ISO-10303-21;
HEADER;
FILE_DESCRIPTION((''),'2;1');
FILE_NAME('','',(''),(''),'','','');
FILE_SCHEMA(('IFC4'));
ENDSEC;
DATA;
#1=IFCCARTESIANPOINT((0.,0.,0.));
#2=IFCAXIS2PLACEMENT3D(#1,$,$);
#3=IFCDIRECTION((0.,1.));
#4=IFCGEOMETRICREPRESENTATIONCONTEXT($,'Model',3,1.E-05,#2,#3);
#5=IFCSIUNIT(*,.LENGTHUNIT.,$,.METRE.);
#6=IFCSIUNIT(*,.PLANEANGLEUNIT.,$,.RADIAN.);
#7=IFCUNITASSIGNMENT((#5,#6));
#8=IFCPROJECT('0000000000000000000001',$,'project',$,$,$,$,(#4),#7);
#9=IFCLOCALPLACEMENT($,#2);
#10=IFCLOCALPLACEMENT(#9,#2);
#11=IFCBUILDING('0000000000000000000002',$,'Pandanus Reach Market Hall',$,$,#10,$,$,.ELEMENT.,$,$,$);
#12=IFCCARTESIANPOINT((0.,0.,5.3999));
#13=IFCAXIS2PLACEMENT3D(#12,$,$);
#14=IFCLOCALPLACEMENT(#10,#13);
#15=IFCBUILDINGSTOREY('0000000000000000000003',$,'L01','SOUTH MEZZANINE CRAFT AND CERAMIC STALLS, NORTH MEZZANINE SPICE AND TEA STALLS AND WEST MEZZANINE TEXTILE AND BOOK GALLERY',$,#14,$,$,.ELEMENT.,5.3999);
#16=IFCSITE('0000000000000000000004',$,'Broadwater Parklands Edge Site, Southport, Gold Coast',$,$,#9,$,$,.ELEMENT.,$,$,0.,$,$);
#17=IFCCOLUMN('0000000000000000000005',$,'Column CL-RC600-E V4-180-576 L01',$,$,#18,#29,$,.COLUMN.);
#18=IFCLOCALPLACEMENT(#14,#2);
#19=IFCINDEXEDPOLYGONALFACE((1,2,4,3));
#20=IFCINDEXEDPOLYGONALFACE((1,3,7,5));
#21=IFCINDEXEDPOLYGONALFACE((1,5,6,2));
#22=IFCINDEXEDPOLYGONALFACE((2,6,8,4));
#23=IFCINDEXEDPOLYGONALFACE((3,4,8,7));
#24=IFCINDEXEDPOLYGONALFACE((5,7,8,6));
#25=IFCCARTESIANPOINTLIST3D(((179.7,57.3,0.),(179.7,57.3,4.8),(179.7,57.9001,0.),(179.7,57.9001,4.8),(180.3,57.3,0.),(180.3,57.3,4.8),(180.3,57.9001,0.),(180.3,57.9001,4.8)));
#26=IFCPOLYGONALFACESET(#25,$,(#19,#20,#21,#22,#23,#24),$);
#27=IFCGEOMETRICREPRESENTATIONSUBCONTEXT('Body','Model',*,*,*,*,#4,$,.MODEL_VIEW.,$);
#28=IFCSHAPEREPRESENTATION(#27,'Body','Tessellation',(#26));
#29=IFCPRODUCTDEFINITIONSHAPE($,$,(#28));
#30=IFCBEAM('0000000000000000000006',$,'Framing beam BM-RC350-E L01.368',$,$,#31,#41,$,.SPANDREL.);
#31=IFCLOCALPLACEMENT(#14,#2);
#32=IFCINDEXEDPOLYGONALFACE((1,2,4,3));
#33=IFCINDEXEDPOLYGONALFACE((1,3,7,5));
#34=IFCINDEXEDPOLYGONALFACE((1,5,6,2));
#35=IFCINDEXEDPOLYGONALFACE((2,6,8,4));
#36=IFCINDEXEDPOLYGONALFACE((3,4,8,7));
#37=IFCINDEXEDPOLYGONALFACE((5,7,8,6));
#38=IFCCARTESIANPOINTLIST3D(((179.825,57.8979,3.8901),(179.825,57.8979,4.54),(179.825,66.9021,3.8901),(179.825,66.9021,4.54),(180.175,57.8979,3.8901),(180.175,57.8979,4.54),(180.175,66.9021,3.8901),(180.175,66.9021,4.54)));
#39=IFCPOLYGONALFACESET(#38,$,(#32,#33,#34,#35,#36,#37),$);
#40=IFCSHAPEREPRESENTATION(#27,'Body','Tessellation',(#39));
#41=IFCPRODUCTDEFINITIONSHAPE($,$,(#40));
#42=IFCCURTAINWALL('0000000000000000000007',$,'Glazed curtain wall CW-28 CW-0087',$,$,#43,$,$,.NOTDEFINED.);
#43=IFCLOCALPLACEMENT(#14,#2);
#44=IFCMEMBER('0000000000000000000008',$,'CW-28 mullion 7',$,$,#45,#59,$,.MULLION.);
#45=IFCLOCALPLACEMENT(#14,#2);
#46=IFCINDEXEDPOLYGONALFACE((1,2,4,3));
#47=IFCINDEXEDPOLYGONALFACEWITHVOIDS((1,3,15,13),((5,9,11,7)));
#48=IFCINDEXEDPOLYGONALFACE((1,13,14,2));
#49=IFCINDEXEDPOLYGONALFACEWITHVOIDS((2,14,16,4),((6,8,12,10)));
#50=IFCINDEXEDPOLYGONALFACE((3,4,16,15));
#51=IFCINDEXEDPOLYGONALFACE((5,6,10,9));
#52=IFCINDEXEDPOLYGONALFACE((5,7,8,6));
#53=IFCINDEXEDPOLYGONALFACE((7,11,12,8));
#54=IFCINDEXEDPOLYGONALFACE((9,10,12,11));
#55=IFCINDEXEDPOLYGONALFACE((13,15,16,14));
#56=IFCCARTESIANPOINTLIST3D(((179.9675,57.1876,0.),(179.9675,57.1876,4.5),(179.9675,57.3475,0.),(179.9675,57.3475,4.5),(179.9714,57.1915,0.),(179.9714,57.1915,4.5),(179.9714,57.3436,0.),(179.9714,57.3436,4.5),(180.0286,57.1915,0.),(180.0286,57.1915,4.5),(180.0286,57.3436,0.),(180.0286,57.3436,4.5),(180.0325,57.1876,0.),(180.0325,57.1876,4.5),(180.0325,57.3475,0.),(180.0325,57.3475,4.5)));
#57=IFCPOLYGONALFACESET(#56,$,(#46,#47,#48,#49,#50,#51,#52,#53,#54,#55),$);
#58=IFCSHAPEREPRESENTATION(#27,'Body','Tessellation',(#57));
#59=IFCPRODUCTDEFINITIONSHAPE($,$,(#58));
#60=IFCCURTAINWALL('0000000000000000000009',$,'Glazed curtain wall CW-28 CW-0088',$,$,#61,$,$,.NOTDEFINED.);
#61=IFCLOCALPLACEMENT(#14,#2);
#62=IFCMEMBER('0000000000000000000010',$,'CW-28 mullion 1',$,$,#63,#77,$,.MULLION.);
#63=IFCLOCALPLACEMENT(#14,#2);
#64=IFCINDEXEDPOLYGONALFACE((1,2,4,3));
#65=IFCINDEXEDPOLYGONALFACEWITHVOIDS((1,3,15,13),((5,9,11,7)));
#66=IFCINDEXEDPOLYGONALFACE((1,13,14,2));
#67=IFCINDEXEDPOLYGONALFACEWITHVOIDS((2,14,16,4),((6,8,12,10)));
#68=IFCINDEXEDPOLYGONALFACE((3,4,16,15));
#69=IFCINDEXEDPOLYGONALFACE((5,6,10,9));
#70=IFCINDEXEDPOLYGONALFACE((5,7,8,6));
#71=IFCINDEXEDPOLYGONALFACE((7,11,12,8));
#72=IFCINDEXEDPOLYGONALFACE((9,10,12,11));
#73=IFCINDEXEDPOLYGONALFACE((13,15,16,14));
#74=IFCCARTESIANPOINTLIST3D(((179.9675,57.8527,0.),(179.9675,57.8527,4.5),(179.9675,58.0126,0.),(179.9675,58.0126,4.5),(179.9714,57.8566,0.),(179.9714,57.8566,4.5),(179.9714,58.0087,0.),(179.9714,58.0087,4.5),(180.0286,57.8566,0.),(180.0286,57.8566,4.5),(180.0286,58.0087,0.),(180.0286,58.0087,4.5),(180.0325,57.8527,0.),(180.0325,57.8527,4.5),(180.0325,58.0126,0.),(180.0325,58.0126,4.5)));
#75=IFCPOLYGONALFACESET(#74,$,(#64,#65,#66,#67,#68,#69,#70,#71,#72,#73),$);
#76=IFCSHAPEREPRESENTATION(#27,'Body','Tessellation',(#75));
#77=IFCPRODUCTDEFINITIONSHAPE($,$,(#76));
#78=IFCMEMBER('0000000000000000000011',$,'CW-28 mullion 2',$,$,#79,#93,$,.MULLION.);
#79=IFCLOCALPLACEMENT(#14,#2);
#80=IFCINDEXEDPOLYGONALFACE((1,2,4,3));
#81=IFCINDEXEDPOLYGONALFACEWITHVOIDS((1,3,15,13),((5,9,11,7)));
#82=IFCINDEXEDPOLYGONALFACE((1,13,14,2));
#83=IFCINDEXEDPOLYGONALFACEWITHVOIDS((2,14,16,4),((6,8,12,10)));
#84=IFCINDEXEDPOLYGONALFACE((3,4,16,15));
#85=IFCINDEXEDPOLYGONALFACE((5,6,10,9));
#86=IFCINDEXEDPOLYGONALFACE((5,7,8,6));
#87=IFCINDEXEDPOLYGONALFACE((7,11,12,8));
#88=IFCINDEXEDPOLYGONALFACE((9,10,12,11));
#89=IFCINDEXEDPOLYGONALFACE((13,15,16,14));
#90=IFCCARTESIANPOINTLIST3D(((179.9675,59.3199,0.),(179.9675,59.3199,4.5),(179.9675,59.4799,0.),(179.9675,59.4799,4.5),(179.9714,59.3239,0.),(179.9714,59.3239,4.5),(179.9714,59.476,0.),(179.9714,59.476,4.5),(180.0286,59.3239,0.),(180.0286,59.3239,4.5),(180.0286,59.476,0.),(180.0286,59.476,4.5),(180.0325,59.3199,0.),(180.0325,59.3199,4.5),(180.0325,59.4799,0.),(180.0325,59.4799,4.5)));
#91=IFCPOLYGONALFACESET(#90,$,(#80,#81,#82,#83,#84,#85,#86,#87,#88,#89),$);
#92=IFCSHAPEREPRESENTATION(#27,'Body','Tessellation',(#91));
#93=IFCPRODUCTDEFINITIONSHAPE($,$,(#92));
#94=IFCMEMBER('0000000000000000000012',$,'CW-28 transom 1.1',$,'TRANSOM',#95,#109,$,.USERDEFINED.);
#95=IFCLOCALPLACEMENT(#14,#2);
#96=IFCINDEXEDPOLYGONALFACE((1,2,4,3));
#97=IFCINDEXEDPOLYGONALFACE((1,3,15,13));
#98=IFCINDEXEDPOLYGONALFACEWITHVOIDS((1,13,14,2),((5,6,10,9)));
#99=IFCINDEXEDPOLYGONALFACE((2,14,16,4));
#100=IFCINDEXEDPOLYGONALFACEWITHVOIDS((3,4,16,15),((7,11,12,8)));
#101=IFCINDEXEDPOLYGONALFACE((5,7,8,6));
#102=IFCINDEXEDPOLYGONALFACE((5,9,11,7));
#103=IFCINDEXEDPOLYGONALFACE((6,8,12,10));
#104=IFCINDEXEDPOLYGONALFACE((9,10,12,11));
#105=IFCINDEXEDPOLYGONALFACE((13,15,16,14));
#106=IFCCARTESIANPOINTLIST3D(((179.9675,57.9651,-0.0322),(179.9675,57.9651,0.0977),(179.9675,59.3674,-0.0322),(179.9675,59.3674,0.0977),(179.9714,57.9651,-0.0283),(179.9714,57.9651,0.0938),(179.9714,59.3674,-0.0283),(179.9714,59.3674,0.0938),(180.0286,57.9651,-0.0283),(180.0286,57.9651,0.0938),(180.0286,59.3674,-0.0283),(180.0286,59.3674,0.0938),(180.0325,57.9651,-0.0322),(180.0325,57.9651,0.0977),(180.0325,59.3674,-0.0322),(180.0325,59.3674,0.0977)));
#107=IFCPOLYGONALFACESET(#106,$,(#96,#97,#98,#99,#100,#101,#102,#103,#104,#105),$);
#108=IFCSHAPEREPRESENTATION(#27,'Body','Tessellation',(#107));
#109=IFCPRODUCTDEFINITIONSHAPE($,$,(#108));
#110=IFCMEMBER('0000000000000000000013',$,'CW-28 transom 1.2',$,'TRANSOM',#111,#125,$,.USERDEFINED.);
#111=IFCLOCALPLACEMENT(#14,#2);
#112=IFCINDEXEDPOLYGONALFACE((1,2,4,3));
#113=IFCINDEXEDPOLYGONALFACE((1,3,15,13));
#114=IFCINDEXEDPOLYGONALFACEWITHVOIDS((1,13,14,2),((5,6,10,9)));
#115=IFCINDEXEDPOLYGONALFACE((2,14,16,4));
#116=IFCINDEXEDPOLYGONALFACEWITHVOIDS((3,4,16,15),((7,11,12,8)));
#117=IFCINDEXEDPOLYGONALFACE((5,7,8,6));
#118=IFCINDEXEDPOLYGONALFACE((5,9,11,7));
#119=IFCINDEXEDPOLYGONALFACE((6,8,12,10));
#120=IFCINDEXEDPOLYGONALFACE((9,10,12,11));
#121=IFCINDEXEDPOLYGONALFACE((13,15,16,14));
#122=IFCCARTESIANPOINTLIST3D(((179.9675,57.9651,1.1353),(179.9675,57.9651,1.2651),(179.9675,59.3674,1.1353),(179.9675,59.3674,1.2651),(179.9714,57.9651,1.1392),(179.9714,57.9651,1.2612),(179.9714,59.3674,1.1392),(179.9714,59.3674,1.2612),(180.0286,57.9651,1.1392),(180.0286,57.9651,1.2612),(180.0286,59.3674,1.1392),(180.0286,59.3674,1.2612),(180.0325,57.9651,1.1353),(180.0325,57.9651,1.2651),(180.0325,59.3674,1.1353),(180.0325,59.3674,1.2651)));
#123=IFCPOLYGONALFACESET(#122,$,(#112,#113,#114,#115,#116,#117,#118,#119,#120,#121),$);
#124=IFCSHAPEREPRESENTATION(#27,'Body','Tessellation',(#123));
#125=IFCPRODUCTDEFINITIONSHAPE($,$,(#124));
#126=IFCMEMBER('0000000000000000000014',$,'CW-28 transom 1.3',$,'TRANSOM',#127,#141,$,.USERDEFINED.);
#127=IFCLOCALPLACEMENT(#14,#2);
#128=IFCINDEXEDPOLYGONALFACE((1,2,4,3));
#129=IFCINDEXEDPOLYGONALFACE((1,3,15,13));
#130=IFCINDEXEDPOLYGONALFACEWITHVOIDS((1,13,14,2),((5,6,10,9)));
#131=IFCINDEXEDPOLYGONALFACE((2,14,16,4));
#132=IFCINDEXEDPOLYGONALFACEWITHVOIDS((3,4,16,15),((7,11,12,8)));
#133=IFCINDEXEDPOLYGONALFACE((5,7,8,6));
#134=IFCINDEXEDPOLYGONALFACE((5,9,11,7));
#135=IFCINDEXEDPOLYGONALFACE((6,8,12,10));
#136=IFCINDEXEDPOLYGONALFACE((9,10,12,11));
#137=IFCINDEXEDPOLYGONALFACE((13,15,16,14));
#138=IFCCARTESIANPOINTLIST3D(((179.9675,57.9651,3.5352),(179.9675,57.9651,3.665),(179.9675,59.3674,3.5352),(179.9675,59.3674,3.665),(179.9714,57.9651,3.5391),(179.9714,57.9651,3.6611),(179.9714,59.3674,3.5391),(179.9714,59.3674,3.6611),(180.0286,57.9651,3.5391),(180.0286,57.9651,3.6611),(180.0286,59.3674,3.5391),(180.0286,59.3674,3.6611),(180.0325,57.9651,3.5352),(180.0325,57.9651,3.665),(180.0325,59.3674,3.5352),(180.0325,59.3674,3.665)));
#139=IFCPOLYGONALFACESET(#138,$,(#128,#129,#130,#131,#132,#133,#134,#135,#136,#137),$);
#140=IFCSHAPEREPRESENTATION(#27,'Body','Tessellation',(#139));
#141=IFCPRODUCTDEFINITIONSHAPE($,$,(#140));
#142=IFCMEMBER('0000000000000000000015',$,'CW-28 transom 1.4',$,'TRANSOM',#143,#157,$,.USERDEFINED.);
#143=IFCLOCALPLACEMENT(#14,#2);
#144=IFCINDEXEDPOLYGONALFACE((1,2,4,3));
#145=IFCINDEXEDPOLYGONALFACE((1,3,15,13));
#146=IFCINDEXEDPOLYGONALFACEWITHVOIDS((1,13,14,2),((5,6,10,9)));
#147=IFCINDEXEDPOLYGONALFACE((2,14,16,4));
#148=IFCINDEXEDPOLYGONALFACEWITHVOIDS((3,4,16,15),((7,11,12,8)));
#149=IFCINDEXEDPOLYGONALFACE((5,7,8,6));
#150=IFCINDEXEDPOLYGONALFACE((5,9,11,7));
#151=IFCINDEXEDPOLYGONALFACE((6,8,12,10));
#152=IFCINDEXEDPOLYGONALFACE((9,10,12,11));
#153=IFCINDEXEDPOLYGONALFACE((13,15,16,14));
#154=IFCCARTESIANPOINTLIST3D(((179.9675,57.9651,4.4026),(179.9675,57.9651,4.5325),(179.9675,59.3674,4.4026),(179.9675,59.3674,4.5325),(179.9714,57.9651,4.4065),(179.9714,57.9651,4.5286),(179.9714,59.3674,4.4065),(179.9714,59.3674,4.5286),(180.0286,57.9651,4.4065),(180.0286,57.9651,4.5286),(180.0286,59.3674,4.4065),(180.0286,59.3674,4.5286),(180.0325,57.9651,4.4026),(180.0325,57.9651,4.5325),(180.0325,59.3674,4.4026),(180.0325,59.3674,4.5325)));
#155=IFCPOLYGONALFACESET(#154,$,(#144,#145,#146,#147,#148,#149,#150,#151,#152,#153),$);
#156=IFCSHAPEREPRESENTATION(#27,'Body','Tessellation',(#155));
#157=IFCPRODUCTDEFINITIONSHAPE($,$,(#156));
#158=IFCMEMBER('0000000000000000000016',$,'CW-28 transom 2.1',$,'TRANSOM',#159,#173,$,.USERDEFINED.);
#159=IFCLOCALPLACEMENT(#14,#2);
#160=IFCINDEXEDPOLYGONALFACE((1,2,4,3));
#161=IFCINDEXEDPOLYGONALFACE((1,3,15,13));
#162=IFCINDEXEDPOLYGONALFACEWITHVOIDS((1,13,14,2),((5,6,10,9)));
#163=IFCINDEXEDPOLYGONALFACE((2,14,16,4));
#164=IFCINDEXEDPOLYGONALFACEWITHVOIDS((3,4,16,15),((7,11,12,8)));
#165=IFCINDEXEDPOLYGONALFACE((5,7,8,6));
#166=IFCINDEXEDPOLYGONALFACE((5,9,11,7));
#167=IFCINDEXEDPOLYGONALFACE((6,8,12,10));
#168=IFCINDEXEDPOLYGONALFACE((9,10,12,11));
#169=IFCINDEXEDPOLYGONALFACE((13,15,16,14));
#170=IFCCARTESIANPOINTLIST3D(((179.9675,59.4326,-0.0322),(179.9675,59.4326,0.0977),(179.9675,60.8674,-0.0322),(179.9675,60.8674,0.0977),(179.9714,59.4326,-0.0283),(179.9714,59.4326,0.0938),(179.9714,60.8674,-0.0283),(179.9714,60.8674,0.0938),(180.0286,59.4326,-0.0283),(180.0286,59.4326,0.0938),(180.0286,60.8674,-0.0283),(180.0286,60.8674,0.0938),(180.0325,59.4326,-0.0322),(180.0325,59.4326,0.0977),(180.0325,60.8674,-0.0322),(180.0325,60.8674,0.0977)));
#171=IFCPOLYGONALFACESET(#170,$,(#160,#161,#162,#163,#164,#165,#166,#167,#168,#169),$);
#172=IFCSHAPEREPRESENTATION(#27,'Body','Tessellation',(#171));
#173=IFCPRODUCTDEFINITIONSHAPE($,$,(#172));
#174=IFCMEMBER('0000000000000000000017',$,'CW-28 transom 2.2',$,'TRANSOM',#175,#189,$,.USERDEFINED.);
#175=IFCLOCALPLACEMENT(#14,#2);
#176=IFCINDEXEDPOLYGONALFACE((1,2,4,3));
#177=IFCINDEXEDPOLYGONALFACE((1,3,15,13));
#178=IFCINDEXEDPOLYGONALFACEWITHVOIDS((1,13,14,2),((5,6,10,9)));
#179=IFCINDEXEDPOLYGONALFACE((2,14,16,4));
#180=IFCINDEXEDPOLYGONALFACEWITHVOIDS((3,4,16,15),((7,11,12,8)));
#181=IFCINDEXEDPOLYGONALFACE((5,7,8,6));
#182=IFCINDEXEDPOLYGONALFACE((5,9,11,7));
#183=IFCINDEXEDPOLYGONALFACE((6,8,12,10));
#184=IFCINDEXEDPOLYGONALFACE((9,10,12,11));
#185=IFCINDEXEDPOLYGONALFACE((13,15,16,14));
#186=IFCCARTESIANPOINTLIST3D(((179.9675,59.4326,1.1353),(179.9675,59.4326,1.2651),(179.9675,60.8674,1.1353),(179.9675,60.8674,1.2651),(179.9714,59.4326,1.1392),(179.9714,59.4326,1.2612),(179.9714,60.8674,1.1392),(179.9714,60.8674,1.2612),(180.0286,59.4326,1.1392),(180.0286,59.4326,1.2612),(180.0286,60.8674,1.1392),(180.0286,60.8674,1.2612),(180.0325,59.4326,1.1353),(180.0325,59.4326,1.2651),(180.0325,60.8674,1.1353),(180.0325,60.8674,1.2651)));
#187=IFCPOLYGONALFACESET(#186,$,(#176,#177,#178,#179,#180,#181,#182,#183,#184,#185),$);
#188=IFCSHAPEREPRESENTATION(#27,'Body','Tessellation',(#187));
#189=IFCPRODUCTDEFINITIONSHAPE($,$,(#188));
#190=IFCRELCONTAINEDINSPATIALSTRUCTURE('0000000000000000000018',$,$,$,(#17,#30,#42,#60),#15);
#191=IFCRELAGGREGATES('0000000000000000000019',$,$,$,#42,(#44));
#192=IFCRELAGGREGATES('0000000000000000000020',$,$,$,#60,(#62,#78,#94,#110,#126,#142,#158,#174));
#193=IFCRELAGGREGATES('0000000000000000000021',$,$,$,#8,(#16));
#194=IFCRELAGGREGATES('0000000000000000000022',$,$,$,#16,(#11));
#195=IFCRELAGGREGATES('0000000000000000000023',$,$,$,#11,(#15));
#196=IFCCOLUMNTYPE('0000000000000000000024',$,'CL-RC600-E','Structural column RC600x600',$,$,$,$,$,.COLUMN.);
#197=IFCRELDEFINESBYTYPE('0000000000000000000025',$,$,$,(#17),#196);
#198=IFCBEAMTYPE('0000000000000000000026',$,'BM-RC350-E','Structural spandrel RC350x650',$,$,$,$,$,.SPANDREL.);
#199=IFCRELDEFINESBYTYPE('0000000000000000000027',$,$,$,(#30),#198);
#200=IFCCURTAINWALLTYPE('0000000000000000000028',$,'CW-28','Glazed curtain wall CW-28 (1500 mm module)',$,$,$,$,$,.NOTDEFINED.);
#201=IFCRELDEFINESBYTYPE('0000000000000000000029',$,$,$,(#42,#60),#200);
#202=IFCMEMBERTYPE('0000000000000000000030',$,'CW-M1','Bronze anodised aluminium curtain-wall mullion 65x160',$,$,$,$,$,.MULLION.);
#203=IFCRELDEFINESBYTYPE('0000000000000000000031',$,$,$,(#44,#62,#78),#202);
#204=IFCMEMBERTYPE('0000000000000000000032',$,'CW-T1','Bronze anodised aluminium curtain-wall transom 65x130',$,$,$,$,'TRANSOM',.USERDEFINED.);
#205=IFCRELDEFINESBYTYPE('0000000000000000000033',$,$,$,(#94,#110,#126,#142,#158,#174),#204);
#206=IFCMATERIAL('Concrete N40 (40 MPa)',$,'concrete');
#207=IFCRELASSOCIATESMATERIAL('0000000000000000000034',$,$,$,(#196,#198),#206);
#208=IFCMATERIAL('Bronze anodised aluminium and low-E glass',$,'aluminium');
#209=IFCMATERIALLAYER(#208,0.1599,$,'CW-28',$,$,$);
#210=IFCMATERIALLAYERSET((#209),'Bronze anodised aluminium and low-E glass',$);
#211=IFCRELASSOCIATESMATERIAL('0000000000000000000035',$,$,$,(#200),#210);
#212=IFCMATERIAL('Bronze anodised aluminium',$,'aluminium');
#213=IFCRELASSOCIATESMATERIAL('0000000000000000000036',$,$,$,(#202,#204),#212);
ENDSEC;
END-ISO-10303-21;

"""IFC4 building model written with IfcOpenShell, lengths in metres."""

from ifc_helpers import new_model, si_unit, direction, frame, origin, origin_2d, place, context, subcontext, project, spatial, rectangle, hollow_rectangle, extrude, material, layer, layer_set, material_profile, profile_set, type_object, element, aggregate, save


model = new_model("IFC4")

# Units and contexts
model_context = context("Model", 3, precision=1e-05, world=origin(), true_north=direction((0.0, 1.0)))
body_context = subcontext(model_context, "Body", "Model", "MODEL_VIEW")
ifc_project = project(units=[si_unit("LENGTHUNIT", "METRE"), si_unit("PLANEANGLEUNIT", "RADIAN")], contexts=[model_context])

# Site, building, storey
site_placement = place(None, origin())
site = spatial("IfcSite", under=ifc_project, at=site_placement, Name="Broadwater Parklands Edge Site, Southport, Gold Coast", CompositionType="ELEMENT", RefElevation=0.0)
building_placement = place(site_placement, origin())
building = spatial("IfcBuilding", under=site, at=building_placement, Name="Pandanus Reach Market Hall", CompositionType="ELEMENT")
storey_placement = place(building_placement, frame((0.0, 0.0, 5.3999)))
storey = spatial("IfcBuildingStorey", under=building, at=storey_placement, Name="L01", Description="SOUTH MEZZANINE CRAFT AND CERAMIC STALLS, NORTH MEZZANINE SPICE AND TEA STALLS AND WEST MEZZANINE TEXTILE AND BOOK GALLERY", CompositionType="ELEMENT", Elevation=5.3999)

# Column
ifc_material_1 = material(Name="Concrete N40 (40 MPa)", Category="concrete")
ifc_material_profile_1 = material_profile(ifc_material_1, rectangle(XDim=0.6001, YDim=0.6001, at=origin_2d()), Name="RC600x600", Category="LoadBearing")
ifc_profile_set_1 = profile_set([ifc_material_profile_1], Name="Concrete N40 (40 MPa)")
column_type = type_object("IfcColumnType", Name="CL-RC600-E", Description="Structural column RC600x600", PredefinedType="COLUMN", material=ifc_profile_set_1)
column_placement = place(storey_placement, frame((180.0, 57.6001, 0.0), z_axis=(0.0, 0.0, 1.0), x_axis=(1.0, 0.0, 0.0)))
element("IfcColumn", 1, at=column_placement, inside=storey, type_object=column_type, Name="Column CL-RC600-E V4-180-576 L01", PredefinedType="COLUMN", context=body_context, shape_type="SweptSolid", body=[
    extrude(rectangle(XDim=0.6001, YDim=0.6001, at=origin_2d()), origin(), (0.0, 0.0, 1.0), 4.8),
])

# Beam
ifc_material_profile_2 = material_profile(ifc_material_1, rectangle(XDim=0.3501, YDim=0.6499, at=origin_2d()), Name="RC350x650", Category="LoadBearing")
ifc_profile_set_2 = profile_set([ifc_material_profile_2], Name="Concrete N40 (40 MPa)")
beam_type = type_object("IfcBeamType", Name="BM-RC350-E", Description="Structural spandrel RC350x650", PredefinedType="SPANDREL", material=ifc_profile_set_2)
beam_placement = place(storey_placement, frame((180.0, 57.8979, 4.2151), z_axis=(0.0, 1.0, 0.0), x_axis=(-1.0, 0.0, 0.0)))
element("IfcBeam", 2, at=beam_placement, inside=storey, type_object=beam_type, Name="Framing beam BM-RC350-E L01.368", PredefinedType="SPANDREL", context=body_context, shape_type="SweptSolid", body=[
    extrude(rectangle(XDim=0.3501, YDim=0.6499, at=origin_2d()), origin(), (0.0, 0.0, 1.0), 9.0042),
])

# Curtain wall, member
ifc_material_2 = material(Name="Bronze anodised aluminium and low-E glass", Category="aluminium")
ifc_layer_1 = layer(ifc_material_2, 0.1599, Name="CW-28")
ifc_layer_set_1 = layer_set([ifc_layer_1], Name="Bronze anodised aluminium and low-E glass")
curtain_wall_type = type_object("IfcCurtainWallType", Name="CW-28", Description="Glazed curtain wall CW-28 (1500 mm module)", PredefinedType="NOTDEFINED", material=ifc_layer_set_1)
curtain_wall_1_placement = place(storey_placement, origin())
curtain_wall_1 = element("IfcCurtainWall", 3, at=curtain_wall_1_placement, inside=storey, type_object=curtain_wall_type, Name="Glazed curtain wall CW-28 CW-0087", PredefinedType="NOTDEFINED")
ifc_material_3 = material(Name="Bronze anodised aluminium", Category="aluminium")
ifc_material_profile_3 = material_profile(ifc_material_3, hollow_rectangle(XDim=0.0649, YDim=0.1599, WallThickness=0.0039, at=origin_2d()), Name="ALU65x160", Category="LoadBearing")
ifc_profile_set_3 = profile_set([ifc_material_profile_3], Name="Bronze anodised aluminium")
member_type_1 = type_object("IfcMemberType", Name="CW-M1", Description="Bronze anodised aluminium curtain-wall mullion 65x160", PredefinedType="MULLION", material=ifc_profile_set_3)
member_1_placement = place(storey_placement, frame((180.0, 57.2676, 0.0), z_axis=(0.0, 0.0, 1.0), x_axis=(-1.0, 0.0, 0.0)))
member_1 = element("IfcMember", 4, at=member_1_placement, type_object=member_type_1, Name="CW-28 mullion 7", PredefinedType="MULLION", context=body_context, shape_type="SweptSolid", body=[
    extrude(hollow_rectangle(XDim=0.0649, YDim=0.1599, WallThickness=0.0039, at=origin_2d()), origin(), (0.0, 0.0, 1.0), 4.5),
])

# Curtain wall, members
curtain_wall_2_placement = place(storey_placement, origin())
curtain_wall_2 = element("IfcCurtainWall", 5, at=curtain_wall_2_placement, inside=storey, type_object=curtain_wall_type, Name="Glazed curtain wall CW-28 CW-0088", PredefinedType="NOTDEFINED")
member_2_placement = place(storey_placement, frame((180.0, 57.9326, 0.0), z_axis=(0.0, 0.0, 1.0), x_axis=(-1.0, 0.0, 0.0)))
member_2 = element("IfcMember", 6, at=member_2_placement, type_object=member_type_1, Name="CW-28 mullion 1", PredefinedType="MULLION", context=body_context, shape_type="SweptSolid", body=[
    extrude(hollow_rectangle(XDim=0.0649, YDim=0.1599, WallThickness=0.0039, at=origin_2d()), origin(), (0.0, 0.0, 1.0), 4.5),
])
member_3_placement = place(storey_placement, frame((180.0, 59.3999, 0.0), z_axis=(0.0, 0.0, 1.0), x_axis=(-1.0, 0.0, 0.0)))
member_3 = element("IfcMember", 7, at=member_3_placement, type_object=member_type_1, Name="CW-28 mullion 2", PredefinedType="MULLION", context=body_context, shape_type="SweptSolid", body=[
    extrude(hollow_rectangle(XDim=0.0649, YDim=0.1599, WallThickness=0.0039, at=origin_2d()), origin(), (0.0, 0.0, 1.0), 4.5),
])
ifc_material_profile_4 = material_profile(ifc_material_3, hollow_rectangle(XDim=0.0649, YDim=0.1299, WallThickness=0.0039, at=origin_2d()), Name="ALU65x130", Category="LoadBearing")
ifc_profile_set_4 = profile_set([ifc_material_profile_4], Name="Bronze anodised aluminium")
member_type_2 = type_object("IfcMemberType", Name="CW-T1", Description="Bronze anodised aluminium curtain-wall transom 65x130", ElementType="TRANSOM", PredefinedType="USERDEFINED", material=ifc_profile_set_4)
member_4_placement = place(storey_placement, frame((180.0, 57.9651, 0.0327), z_axis=(0.0, 1.0, 0.0), x_axis=(-1.0, 0.0, 0.0)))
member_4 = element("IfcMember", 8, at=member_4_placement, type_object=member_type_2, Name="CW-28 transom 1.1", ObjectType="TRANSOM", PredefinedType="USERDEFINED", context=body_context, shape_type="SweptSolid", body=[
    extrude(hollow_rectangle(XDim=0.0649, YDim=0.1299, WallThickness=0.0039, at=origin_2d()), origin(), (0.0, 0.0, 1.0), 1.4023),
])
member_5_placement = place(storey_placement, frame((180.0, 57.9651, 1.2002), z_axis=(0.0, 1.0, 0.0), x_axis=(-1.0, 0.0, 0.0)))
member_5 = element("IfcMember", 9, at=member_5_placement, type_object=member_type_2, Name="CW-28 transom 1.2", ObjectType="TRANSOM", PredefinedType="USERDEFINED", context=body_context, shape_type="SweptSolid", body=[
    extrude(hollow_rectangle(XDim=0.0649, YDim=0.1299, WallThickness=0.0039, at=origin_2d()), origin(), (0.0, 0.0, 1.0), 1.4023),
])
member_6_placement = place(storey_placement, frame((180.0, 57.9651, 3.6001), z_axis=(0.0, 1.0, 0.0), x_axis=(-1.0, 0.0, 0.0)))
member_6 = element("IfcMember", 10, at=member_6_placement, type_object=member_type_2, Name="CW-28 transom 1.3", ObjectType="TRANSOM", PredefinedType="USERDEFINED", context=body_context, shape_type="SweptSolid", body=[
    extrude(hollow_rectangle(XDim=0.0649, YDim=0.1299, WallThickness=0.0039, at=origin_2d()), origin(), (0.0, 0.0, 1.0), 1.4023),
])
member_7_placement = place(storey_placement, frame((180.0, 57.9651, 4.4675), z_axis=(0.0, 1.0, 0.0), x_axis=(-1.0, 0.0, 0.0)))
member_7 = element("IfcMember", 11, at=member_7_placement, type_object=member_type_2, Name="CW-28 transom 1.4", ObjectType="TRANSOM", PredefinedType="USERDEFINED", context=body_context, shape_type="SweptSolid", body=[
    extrude(hollow_rectangle(XDim=0.0649, YDim=0.1299, WallThickness=0.0039, at=origin_2d()), origin(), (0.0, 0.0, 1.0), 1.4023),
])
member_8_placement = place(storey_placement, frame((180.0, 59.4326, 0.0327), z_axis=(0.0, 1.0, 0.0), x_axis=(-1.0, 0.0, 0.0)))
member_8 = element("IfcMember", 12, at=member_8_placement, type_object=member_type_2, Name="CW-28 transom 2.1", ObjectType="TRANSOM", PredefinedType="USERDEFINED", context=body_context, shape_type="SweptSolid", body=[
    extrude(hollow_rectangle(XDim=0.0649, YDim=0.1299, WallThickness=0.0039, at=origin_2d()), origin(), (0.0, 0.0, 1.0), 1.4348),
])
member_9_placement = place(storey_placement, frame((180.0, 59.4326, 1.2002), z_axis=(0.0, 1.0, 0.0), x_axis=(-1.0, 0.0, 0.0)))
member_9 = element("IfcMember", 13, at=member_9_placement, type_object=member_type_2, Name="CW-28 transom 2.2", ObjectType="TRANSOM", PredefinedType="USERDEFINED", context=body_context, shape_type="SweptSolid", body=[
    extrude(hollow_rectangle(XDim=0.0649, YDim=0.1299, WallThickness=0.0039, at=origin_2d()), origin(), (0.0, 0.0, 1.0), 1.4348),
])

aggregate(curtain_wall_1, [member_1])
aggregate(curtain_wall_2, [member_2, member_3, member_4, member_5, member_6, member_7, member_8, member_9])

save(model, "model.ifc")
